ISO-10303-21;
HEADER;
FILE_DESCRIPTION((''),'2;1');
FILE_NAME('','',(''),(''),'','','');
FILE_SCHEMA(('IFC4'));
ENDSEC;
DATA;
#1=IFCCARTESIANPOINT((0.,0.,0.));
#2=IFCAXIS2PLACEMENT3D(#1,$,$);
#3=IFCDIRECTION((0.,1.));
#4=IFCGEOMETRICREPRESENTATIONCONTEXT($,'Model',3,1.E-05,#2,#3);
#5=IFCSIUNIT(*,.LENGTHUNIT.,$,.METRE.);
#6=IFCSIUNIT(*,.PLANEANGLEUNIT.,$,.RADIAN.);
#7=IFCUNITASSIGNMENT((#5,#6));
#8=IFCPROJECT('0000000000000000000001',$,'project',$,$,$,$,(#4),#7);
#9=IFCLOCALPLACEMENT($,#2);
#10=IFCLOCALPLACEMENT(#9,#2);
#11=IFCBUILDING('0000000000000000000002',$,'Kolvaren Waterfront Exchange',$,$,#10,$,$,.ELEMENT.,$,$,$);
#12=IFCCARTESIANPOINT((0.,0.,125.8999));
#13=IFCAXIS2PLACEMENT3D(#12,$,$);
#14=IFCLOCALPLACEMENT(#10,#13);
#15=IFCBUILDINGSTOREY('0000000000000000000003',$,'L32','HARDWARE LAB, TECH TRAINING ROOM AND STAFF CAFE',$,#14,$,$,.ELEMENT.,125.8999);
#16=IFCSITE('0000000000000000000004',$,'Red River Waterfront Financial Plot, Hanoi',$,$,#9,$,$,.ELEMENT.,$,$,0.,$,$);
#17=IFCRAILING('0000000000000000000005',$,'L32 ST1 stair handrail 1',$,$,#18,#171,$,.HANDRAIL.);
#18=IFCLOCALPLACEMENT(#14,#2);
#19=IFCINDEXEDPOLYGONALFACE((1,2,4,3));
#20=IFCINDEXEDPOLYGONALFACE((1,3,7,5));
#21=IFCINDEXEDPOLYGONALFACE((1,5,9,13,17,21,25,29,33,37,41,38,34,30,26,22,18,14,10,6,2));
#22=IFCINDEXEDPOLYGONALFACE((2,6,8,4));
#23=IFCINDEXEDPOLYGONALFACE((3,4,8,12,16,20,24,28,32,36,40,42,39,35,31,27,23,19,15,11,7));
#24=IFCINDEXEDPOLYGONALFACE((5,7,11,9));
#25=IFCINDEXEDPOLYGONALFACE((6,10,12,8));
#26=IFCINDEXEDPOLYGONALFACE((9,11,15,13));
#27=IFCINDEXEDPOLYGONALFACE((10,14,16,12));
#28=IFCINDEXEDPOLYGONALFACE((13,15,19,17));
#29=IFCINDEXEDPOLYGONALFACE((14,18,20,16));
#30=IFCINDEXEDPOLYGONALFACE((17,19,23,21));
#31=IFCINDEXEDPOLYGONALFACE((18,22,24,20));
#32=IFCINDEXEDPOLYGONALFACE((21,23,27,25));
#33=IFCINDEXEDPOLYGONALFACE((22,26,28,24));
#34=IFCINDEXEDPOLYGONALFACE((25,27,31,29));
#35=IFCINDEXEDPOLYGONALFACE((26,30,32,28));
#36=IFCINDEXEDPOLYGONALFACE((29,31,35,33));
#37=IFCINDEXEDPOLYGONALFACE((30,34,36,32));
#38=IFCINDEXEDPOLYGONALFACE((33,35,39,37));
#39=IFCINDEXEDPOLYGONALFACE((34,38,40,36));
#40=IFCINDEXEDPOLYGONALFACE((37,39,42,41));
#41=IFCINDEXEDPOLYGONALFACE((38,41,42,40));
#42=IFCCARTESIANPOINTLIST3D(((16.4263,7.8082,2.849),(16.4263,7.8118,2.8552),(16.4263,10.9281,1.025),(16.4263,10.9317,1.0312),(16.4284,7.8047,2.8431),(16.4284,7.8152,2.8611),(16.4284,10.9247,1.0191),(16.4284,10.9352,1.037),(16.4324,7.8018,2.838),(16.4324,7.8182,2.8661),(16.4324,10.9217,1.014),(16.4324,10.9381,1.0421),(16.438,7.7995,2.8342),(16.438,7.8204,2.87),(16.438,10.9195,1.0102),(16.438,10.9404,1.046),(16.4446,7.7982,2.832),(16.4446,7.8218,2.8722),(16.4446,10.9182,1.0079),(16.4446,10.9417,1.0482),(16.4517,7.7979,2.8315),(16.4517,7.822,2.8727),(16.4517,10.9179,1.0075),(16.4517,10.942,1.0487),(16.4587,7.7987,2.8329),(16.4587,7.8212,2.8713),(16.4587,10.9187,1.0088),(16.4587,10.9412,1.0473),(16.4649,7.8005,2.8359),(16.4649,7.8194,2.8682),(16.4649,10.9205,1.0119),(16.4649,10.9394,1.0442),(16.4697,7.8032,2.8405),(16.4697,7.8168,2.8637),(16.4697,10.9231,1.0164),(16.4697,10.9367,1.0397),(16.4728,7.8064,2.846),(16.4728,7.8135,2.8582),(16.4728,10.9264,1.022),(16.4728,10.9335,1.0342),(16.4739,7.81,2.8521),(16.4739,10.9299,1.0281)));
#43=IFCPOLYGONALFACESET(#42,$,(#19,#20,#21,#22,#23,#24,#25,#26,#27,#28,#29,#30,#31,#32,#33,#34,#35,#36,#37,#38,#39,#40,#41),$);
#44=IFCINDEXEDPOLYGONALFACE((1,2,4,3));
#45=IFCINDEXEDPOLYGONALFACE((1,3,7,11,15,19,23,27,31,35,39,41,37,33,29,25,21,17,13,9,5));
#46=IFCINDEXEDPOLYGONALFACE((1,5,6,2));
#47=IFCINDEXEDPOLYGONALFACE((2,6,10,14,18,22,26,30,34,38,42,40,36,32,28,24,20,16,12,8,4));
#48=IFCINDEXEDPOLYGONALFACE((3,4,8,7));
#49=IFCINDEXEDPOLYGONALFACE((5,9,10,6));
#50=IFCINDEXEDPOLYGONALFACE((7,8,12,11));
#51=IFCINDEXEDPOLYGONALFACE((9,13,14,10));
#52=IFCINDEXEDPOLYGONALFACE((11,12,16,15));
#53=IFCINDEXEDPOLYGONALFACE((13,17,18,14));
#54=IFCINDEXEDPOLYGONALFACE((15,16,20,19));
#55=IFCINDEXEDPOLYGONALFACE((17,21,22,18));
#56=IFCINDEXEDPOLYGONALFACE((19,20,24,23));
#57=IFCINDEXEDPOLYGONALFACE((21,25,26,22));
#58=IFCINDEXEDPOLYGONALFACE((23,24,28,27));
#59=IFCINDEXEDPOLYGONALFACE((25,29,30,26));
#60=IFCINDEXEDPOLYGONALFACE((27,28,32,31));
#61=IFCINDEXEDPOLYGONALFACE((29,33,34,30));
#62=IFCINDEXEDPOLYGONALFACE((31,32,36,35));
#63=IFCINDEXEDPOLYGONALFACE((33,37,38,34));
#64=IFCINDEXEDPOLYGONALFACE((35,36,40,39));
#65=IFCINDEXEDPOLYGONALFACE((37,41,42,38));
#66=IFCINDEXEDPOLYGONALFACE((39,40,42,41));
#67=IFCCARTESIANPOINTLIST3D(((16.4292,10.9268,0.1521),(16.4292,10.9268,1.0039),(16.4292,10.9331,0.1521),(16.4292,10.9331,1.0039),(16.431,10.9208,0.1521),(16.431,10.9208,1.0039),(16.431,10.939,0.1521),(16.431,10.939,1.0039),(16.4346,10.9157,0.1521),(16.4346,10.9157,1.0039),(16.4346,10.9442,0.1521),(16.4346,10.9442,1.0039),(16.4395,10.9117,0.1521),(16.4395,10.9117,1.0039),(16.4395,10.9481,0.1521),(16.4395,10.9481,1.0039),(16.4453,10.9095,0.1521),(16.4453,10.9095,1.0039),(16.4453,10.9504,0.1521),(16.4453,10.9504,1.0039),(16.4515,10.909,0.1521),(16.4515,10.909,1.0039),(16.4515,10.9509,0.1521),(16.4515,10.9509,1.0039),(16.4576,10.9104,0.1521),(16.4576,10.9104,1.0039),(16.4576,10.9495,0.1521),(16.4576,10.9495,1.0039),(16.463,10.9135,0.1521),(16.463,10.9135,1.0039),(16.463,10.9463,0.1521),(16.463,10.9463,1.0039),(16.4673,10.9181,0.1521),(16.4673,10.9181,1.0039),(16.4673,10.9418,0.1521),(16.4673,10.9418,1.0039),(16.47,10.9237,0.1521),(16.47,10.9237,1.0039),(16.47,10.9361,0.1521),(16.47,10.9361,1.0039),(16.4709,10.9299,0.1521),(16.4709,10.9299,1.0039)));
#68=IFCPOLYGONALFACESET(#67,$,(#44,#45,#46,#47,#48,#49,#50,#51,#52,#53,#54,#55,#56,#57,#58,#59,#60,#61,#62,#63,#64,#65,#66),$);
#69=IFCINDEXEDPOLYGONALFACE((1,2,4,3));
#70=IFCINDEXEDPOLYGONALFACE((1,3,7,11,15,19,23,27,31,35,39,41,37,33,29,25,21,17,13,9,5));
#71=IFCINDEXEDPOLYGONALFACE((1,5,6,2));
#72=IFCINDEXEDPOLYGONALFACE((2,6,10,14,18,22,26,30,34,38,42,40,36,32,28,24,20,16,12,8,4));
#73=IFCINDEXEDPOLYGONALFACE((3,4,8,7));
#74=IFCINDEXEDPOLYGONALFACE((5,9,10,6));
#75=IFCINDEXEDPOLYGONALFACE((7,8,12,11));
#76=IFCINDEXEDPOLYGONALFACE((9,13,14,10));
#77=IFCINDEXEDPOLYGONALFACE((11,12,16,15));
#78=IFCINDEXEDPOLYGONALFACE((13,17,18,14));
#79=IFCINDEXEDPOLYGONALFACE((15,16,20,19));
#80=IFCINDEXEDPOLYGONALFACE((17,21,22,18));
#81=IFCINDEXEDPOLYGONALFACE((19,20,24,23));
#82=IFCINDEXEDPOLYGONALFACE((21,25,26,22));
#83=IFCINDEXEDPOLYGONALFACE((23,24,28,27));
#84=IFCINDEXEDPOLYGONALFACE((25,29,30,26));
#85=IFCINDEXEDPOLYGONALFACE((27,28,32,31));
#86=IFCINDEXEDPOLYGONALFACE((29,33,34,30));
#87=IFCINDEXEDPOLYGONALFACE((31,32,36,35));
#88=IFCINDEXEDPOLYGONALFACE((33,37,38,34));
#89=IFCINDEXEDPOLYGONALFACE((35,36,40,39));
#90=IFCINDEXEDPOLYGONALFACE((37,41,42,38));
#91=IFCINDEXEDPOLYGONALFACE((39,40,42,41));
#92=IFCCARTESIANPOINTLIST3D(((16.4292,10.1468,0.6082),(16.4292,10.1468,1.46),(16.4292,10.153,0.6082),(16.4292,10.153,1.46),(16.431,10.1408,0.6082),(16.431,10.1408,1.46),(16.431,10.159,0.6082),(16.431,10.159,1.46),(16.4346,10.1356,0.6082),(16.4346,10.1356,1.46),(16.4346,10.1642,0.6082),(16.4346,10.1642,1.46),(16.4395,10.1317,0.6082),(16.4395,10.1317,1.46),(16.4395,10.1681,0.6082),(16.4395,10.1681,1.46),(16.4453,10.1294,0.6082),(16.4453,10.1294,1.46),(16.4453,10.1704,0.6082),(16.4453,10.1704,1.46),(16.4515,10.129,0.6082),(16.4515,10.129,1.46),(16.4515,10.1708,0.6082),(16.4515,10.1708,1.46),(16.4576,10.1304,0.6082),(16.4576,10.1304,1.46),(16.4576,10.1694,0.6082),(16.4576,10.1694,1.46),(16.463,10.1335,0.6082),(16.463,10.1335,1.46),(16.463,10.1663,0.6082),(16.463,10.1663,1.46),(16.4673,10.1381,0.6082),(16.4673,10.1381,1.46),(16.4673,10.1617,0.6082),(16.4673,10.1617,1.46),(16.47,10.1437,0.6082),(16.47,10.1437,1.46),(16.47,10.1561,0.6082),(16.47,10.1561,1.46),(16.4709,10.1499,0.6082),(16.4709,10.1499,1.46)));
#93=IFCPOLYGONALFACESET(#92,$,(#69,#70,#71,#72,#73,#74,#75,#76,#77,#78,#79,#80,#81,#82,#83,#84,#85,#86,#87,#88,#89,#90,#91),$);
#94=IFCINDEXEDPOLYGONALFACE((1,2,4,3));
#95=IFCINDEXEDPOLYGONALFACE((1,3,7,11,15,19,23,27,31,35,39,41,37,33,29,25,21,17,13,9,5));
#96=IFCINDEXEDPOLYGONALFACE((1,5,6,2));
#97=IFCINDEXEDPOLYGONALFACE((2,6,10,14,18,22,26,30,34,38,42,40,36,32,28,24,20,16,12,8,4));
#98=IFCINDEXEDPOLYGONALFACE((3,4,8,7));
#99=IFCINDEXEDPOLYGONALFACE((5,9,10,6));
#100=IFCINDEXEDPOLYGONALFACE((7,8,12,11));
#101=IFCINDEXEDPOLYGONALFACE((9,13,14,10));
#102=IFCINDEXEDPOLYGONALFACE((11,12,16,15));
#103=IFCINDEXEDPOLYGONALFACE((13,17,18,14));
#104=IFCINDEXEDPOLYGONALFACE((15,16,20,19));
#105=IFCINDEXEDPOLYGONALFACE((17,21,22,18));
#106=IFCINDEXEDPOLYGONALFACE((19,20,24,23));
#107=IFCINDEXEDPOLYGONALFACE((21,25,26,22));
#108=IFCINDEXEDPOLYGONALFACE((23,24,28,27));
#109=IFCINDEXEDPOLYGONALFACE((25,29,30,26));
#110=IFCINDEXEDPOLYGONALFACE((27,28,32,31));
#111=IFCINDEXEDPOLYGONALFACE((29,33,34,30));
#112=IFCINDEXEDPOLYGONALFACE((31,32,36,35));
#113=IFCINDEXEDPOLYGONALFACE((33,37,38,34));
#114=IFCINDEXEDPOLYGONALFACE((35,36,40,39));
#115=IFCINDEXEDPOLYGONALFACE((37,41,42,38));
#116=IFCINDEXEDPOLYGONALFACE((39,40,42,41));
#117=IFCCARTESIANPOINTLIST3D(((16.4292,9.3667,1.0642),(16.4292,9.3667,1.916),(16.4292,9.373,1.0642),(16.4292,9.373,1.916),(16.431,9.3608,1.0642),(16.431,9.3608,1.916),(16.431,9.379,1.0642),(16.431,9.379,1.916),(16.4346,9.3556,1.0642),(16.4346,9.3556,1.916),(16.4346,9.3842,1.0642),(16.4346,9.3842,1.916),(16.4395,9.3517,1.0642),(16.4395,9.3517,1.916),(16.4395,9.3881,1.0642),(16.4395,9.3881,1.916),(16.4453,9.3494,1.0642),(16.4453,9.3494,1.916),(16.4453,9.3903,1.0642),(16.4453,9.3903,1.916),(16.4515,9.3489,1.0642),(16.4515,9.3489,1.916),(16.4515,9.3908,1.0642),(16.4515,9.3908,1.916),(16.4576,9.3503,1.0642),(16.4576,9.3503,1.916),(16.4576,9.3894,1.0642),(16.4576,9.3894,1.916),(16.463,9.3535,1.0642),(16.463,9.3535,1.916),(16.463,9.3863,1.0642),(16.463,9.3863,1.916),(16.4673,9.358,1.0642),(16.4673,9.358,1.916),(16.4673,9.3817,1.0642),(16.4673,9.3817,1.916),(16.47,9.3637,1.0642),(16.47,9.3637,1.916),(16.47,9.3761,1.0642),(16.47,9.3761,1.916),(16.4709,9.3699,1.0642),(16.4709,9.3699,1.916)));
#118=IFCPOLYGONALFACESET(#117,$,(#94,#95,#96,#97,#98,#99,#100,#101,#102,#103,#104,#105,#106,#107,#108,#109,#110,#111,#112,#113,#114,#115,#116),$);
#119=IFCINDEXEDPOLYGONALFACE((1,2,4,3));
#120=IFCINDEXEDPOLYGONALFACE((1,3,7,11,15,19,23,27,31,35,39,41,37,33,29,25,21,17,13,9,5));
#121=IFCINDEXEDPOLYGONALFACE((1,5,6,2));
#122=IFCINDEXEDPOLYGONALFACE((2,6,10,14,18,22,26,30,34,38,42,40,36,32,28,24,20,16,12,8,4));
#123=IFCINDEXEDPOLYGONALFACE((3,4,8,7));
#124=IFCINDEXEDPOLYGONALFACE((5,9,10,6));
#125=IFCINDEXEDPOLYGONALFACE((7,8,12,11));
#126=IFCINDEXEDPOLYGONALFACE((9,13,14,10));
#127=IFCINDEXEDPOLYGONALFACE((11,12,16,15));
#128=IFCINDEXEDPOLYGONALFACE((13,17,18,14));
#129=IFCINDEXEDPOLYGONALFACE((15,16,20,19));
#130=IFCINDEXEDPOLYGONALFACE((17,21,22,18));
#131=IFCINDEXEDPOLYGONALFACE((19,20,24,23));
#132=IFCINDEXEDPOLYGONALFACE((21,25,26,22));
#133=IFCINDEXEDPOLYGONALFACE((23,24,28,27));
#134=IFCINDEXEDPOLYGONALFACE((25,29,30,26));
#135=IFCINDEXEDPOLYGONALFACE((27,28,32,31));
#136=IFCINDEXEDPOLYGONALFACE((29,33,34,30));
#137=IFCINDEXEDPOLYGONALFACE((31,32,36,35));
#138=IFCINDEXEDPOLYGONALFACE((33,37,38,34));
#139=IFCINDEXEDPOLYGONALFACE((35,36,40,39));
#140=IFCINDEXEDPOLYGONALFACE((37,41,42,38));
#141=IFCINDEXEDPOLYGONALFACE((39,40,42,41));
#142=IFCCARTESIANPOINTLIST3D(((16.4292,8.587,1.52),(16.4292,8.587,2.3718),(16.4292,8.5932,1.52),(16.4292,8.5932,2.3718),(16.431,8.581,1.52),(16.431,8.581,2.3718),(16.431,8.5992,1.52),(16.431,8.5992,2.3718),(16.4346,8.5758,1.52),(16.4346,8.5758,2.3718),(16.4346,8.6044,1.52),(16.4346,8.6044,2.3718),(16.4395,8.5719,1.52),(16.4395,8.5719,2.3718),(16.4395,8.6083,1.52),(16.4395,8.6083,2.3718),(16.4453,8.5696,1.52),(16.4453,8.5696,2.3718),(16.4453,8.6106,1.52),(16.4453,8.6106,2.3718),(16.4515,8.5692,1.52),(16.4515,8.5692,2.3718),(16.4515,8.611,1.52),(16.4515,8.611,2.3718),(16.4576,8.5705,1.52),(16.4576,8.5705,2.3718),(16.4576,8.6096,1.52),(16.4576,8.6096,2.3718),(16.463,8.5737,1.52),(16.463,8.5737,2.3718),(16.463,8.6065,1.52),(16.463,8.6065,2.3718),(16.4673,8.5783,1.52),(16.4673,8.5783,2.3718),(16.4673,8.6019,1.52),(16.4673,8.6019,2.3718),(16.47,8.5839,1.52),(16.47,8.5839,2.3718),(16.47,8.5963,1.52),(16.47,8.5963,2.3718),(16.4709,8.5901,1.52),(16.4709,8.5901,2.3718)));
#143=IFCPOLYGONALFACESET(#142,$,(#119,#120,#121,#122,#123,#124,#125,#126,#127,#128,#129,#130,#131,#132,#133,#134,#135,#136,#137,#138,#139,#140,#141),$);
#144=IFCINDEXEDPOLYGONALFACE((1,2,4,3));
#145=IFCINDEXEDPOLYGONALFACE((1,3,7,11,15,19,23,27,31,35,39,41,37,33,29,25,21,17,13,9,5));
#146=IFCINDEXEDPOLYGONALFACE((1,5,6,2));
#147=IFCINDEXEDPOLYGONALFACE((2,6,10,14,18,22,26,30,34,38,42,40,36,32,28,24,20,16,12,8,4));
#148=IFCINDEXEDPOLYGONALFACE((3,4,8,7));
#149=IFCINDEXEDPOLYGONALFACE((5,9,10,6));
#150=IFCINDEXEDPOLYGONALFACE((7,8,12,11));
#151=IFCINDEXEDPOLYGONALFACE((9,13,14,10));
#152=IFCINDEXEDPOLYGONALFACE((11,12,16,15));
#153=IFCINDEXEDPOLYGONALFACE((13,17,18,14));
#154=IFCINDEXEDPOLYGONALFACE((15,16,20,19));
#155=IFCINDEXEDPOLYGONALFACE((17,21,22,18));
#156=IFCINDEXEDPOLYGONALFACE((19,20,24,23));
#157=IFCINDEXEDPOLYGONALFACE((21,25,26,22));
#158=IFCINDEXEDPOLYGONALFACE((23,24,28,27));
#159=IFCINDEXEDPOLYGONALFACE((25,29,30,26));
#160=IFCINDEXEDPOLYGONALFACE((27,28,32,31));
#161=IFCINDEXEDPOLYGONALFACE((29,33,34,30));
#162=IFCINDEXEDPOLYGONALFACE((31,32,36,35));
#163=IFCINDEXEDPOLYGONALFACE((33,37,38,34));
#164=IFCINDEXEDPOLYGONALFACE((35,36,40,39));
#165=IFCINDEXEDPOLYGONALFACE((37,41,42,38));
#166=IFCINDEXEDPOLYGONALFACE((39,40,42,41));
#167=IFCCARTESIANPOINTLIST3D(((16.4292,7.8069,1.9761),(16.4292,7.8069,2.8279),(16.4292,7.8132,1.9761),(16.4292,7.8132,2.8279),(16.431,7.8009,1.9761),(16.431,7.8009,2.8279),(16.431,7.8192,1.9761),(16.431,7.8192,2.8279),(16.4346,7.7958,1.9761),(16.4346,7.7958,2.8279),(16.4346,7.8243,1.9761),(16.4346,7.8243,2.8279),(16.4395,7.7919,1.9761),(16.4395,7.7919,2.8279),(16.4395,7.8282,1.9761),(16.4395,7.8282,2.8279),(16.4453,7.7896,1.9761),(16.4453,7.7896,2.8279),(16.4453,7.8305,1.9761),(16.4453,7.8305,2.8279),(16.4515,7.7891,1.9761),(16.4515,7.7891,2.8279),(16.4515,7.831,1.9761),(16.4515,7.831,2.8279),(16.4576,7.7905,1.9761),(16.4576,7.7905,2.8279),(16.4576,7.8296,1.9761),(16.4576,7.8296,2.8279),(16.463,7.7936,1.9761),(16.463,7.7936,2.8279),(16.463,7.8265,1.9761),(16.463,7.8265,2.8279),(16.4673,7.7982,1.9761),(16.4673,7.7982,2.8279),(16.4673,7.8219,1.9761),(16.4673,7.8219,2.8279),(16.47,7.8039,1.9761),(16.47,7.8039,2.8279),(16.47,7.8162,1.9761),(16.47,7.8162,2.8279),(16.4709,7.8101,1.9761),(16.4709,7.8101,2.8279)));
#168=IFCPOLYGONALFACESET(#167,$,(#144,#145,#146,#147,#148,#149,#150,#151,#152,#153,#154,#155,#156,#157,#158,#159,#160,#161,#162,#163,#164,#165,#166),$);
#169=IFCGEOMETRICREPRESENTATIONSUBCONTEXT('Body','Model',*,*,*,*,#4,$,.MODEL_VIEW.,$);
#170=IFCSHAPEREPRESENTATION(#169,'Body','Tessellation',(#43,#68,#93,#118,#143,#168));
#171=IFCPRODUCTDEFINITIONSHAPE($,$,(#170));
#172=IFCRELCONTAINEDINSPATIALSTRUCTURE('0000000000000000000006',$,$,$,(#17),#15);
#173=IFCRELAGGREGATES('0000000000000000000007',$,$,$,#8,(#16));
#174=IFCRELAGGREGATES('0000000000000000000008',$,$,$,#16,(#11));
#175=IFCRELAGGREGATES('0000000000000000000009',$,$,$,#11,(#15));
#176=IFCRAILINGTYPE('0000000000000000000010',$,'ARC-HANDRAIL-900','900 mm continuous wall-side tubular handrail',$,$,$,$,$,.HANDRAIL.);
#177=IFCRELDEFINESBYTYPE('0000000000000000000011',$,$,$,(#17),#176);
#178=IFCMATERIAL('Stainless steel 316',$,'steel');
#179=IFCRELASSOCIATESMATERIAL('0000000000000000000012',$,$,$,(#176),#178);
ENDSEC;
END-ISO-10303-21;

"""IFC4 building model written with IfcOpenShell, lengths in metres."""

from ifc_helpers import new_model, si_unit, direction, frame, origin, origin_2d, place, context, subcontext, project, spatial, circle, extrude, material, type_object, element, save


model = new_model("IFC4")

# Units and contexts
model_context = context("Model", 3, precision=1e-05, world=origin(), true_north=direction((0.0, 1.0)))
body_context = subcontext(model_context, "Body", "Model", "MODEL_VIEW")
ifc_project = project(units=[si_unit("LENGTHUNIT", "METRE"), si_unit("PLANEANGLEUNIT", "RADIAN")], contexts=[model_context])

# Site, building, storey
site_placement = place(None, origin())
site = spatial("IfcSite", under=ifc_project, at=site_placement, Name="Red River Waterfront Financial Plot, Hanoi", CompositionType="ELEMENT", RefElevation=0.0)
building_placement = place(site_placement, origin())
building = spatial("IfcBuilding", under=site, at=building_placement, Name="Kolvaren Waterfront Exchange", CompositionType="ELEMENT")
storey_placement = place(building_placement, frame((0.0, 0.0, 125.8999)))
storey = spatial("IfcBuildingStorey", under=building, at=storey_placement, Name="L32", Description="HARDWARE LAB, TECH TRAINING ROOM AND STAFF CAFE", CompositionType="ELEMENT", Elevation=125.8999)

# Railing
ifc_material_1 = material(Name="Stainless steel 316", Category="steel")
railing_type_1 = type_object("IfcRailingType", Name="ARC-HANDRAIL-900", Description="900 mm continuous wall-side tubular handrail", PredefinedType="HANDRAIL", material=ifc_material_1)
railing_1_placement = place(storey_placement, frame((16.45, 10.9299, 0.1521)))
element("IfcRailing", 1, at=railing_1_placement, inside=storey, type_object=railing_type_1, Name="L32 ST1 stair handrail 1", PredefinedType="HANDRAIL", context=body_context, shape_type="SweptSolid", body=[
    extrude(circle(Radius=0.0239, at=origin_2d()), frame((0.0, 0.0, 0.876), z_axis=(0.0, -0.863291, 0.504707), x_axis=(1.0, 0.0, 0.0)), (0.0, 0.0, 1.0), 3.614),
    extrude(circle(Radius=0.021, at=origin_2d()), origin(), (0.0, 0.0, 1.0), 0.8518),
    extrude(circle(Radius=0.021, at=origin_2d()), frame((0.0, -0.78, 0.4561)), (0.0, 0.0, 1.0), 0.8518),
    extrude(circle(Radius=0.021, at=origin_2d()), frame((0.0, -1.5601, 0.9121)), (0.0, 0.0, 1.0), 0.8518),
    extrude(circle(Radius=0.021, at=origin_2d()), frame((0.0, -2.3398, 1.3679)), (0.0, 0.0, 1.0), 0.8518),
    extrude(circle(Radius=0.021, at=origin_2d()), frame((0.0, -3.1199, 1.824)), (0.0, 0.0, 1.0), 0.8518),
])

save(model, "model.ifc")
